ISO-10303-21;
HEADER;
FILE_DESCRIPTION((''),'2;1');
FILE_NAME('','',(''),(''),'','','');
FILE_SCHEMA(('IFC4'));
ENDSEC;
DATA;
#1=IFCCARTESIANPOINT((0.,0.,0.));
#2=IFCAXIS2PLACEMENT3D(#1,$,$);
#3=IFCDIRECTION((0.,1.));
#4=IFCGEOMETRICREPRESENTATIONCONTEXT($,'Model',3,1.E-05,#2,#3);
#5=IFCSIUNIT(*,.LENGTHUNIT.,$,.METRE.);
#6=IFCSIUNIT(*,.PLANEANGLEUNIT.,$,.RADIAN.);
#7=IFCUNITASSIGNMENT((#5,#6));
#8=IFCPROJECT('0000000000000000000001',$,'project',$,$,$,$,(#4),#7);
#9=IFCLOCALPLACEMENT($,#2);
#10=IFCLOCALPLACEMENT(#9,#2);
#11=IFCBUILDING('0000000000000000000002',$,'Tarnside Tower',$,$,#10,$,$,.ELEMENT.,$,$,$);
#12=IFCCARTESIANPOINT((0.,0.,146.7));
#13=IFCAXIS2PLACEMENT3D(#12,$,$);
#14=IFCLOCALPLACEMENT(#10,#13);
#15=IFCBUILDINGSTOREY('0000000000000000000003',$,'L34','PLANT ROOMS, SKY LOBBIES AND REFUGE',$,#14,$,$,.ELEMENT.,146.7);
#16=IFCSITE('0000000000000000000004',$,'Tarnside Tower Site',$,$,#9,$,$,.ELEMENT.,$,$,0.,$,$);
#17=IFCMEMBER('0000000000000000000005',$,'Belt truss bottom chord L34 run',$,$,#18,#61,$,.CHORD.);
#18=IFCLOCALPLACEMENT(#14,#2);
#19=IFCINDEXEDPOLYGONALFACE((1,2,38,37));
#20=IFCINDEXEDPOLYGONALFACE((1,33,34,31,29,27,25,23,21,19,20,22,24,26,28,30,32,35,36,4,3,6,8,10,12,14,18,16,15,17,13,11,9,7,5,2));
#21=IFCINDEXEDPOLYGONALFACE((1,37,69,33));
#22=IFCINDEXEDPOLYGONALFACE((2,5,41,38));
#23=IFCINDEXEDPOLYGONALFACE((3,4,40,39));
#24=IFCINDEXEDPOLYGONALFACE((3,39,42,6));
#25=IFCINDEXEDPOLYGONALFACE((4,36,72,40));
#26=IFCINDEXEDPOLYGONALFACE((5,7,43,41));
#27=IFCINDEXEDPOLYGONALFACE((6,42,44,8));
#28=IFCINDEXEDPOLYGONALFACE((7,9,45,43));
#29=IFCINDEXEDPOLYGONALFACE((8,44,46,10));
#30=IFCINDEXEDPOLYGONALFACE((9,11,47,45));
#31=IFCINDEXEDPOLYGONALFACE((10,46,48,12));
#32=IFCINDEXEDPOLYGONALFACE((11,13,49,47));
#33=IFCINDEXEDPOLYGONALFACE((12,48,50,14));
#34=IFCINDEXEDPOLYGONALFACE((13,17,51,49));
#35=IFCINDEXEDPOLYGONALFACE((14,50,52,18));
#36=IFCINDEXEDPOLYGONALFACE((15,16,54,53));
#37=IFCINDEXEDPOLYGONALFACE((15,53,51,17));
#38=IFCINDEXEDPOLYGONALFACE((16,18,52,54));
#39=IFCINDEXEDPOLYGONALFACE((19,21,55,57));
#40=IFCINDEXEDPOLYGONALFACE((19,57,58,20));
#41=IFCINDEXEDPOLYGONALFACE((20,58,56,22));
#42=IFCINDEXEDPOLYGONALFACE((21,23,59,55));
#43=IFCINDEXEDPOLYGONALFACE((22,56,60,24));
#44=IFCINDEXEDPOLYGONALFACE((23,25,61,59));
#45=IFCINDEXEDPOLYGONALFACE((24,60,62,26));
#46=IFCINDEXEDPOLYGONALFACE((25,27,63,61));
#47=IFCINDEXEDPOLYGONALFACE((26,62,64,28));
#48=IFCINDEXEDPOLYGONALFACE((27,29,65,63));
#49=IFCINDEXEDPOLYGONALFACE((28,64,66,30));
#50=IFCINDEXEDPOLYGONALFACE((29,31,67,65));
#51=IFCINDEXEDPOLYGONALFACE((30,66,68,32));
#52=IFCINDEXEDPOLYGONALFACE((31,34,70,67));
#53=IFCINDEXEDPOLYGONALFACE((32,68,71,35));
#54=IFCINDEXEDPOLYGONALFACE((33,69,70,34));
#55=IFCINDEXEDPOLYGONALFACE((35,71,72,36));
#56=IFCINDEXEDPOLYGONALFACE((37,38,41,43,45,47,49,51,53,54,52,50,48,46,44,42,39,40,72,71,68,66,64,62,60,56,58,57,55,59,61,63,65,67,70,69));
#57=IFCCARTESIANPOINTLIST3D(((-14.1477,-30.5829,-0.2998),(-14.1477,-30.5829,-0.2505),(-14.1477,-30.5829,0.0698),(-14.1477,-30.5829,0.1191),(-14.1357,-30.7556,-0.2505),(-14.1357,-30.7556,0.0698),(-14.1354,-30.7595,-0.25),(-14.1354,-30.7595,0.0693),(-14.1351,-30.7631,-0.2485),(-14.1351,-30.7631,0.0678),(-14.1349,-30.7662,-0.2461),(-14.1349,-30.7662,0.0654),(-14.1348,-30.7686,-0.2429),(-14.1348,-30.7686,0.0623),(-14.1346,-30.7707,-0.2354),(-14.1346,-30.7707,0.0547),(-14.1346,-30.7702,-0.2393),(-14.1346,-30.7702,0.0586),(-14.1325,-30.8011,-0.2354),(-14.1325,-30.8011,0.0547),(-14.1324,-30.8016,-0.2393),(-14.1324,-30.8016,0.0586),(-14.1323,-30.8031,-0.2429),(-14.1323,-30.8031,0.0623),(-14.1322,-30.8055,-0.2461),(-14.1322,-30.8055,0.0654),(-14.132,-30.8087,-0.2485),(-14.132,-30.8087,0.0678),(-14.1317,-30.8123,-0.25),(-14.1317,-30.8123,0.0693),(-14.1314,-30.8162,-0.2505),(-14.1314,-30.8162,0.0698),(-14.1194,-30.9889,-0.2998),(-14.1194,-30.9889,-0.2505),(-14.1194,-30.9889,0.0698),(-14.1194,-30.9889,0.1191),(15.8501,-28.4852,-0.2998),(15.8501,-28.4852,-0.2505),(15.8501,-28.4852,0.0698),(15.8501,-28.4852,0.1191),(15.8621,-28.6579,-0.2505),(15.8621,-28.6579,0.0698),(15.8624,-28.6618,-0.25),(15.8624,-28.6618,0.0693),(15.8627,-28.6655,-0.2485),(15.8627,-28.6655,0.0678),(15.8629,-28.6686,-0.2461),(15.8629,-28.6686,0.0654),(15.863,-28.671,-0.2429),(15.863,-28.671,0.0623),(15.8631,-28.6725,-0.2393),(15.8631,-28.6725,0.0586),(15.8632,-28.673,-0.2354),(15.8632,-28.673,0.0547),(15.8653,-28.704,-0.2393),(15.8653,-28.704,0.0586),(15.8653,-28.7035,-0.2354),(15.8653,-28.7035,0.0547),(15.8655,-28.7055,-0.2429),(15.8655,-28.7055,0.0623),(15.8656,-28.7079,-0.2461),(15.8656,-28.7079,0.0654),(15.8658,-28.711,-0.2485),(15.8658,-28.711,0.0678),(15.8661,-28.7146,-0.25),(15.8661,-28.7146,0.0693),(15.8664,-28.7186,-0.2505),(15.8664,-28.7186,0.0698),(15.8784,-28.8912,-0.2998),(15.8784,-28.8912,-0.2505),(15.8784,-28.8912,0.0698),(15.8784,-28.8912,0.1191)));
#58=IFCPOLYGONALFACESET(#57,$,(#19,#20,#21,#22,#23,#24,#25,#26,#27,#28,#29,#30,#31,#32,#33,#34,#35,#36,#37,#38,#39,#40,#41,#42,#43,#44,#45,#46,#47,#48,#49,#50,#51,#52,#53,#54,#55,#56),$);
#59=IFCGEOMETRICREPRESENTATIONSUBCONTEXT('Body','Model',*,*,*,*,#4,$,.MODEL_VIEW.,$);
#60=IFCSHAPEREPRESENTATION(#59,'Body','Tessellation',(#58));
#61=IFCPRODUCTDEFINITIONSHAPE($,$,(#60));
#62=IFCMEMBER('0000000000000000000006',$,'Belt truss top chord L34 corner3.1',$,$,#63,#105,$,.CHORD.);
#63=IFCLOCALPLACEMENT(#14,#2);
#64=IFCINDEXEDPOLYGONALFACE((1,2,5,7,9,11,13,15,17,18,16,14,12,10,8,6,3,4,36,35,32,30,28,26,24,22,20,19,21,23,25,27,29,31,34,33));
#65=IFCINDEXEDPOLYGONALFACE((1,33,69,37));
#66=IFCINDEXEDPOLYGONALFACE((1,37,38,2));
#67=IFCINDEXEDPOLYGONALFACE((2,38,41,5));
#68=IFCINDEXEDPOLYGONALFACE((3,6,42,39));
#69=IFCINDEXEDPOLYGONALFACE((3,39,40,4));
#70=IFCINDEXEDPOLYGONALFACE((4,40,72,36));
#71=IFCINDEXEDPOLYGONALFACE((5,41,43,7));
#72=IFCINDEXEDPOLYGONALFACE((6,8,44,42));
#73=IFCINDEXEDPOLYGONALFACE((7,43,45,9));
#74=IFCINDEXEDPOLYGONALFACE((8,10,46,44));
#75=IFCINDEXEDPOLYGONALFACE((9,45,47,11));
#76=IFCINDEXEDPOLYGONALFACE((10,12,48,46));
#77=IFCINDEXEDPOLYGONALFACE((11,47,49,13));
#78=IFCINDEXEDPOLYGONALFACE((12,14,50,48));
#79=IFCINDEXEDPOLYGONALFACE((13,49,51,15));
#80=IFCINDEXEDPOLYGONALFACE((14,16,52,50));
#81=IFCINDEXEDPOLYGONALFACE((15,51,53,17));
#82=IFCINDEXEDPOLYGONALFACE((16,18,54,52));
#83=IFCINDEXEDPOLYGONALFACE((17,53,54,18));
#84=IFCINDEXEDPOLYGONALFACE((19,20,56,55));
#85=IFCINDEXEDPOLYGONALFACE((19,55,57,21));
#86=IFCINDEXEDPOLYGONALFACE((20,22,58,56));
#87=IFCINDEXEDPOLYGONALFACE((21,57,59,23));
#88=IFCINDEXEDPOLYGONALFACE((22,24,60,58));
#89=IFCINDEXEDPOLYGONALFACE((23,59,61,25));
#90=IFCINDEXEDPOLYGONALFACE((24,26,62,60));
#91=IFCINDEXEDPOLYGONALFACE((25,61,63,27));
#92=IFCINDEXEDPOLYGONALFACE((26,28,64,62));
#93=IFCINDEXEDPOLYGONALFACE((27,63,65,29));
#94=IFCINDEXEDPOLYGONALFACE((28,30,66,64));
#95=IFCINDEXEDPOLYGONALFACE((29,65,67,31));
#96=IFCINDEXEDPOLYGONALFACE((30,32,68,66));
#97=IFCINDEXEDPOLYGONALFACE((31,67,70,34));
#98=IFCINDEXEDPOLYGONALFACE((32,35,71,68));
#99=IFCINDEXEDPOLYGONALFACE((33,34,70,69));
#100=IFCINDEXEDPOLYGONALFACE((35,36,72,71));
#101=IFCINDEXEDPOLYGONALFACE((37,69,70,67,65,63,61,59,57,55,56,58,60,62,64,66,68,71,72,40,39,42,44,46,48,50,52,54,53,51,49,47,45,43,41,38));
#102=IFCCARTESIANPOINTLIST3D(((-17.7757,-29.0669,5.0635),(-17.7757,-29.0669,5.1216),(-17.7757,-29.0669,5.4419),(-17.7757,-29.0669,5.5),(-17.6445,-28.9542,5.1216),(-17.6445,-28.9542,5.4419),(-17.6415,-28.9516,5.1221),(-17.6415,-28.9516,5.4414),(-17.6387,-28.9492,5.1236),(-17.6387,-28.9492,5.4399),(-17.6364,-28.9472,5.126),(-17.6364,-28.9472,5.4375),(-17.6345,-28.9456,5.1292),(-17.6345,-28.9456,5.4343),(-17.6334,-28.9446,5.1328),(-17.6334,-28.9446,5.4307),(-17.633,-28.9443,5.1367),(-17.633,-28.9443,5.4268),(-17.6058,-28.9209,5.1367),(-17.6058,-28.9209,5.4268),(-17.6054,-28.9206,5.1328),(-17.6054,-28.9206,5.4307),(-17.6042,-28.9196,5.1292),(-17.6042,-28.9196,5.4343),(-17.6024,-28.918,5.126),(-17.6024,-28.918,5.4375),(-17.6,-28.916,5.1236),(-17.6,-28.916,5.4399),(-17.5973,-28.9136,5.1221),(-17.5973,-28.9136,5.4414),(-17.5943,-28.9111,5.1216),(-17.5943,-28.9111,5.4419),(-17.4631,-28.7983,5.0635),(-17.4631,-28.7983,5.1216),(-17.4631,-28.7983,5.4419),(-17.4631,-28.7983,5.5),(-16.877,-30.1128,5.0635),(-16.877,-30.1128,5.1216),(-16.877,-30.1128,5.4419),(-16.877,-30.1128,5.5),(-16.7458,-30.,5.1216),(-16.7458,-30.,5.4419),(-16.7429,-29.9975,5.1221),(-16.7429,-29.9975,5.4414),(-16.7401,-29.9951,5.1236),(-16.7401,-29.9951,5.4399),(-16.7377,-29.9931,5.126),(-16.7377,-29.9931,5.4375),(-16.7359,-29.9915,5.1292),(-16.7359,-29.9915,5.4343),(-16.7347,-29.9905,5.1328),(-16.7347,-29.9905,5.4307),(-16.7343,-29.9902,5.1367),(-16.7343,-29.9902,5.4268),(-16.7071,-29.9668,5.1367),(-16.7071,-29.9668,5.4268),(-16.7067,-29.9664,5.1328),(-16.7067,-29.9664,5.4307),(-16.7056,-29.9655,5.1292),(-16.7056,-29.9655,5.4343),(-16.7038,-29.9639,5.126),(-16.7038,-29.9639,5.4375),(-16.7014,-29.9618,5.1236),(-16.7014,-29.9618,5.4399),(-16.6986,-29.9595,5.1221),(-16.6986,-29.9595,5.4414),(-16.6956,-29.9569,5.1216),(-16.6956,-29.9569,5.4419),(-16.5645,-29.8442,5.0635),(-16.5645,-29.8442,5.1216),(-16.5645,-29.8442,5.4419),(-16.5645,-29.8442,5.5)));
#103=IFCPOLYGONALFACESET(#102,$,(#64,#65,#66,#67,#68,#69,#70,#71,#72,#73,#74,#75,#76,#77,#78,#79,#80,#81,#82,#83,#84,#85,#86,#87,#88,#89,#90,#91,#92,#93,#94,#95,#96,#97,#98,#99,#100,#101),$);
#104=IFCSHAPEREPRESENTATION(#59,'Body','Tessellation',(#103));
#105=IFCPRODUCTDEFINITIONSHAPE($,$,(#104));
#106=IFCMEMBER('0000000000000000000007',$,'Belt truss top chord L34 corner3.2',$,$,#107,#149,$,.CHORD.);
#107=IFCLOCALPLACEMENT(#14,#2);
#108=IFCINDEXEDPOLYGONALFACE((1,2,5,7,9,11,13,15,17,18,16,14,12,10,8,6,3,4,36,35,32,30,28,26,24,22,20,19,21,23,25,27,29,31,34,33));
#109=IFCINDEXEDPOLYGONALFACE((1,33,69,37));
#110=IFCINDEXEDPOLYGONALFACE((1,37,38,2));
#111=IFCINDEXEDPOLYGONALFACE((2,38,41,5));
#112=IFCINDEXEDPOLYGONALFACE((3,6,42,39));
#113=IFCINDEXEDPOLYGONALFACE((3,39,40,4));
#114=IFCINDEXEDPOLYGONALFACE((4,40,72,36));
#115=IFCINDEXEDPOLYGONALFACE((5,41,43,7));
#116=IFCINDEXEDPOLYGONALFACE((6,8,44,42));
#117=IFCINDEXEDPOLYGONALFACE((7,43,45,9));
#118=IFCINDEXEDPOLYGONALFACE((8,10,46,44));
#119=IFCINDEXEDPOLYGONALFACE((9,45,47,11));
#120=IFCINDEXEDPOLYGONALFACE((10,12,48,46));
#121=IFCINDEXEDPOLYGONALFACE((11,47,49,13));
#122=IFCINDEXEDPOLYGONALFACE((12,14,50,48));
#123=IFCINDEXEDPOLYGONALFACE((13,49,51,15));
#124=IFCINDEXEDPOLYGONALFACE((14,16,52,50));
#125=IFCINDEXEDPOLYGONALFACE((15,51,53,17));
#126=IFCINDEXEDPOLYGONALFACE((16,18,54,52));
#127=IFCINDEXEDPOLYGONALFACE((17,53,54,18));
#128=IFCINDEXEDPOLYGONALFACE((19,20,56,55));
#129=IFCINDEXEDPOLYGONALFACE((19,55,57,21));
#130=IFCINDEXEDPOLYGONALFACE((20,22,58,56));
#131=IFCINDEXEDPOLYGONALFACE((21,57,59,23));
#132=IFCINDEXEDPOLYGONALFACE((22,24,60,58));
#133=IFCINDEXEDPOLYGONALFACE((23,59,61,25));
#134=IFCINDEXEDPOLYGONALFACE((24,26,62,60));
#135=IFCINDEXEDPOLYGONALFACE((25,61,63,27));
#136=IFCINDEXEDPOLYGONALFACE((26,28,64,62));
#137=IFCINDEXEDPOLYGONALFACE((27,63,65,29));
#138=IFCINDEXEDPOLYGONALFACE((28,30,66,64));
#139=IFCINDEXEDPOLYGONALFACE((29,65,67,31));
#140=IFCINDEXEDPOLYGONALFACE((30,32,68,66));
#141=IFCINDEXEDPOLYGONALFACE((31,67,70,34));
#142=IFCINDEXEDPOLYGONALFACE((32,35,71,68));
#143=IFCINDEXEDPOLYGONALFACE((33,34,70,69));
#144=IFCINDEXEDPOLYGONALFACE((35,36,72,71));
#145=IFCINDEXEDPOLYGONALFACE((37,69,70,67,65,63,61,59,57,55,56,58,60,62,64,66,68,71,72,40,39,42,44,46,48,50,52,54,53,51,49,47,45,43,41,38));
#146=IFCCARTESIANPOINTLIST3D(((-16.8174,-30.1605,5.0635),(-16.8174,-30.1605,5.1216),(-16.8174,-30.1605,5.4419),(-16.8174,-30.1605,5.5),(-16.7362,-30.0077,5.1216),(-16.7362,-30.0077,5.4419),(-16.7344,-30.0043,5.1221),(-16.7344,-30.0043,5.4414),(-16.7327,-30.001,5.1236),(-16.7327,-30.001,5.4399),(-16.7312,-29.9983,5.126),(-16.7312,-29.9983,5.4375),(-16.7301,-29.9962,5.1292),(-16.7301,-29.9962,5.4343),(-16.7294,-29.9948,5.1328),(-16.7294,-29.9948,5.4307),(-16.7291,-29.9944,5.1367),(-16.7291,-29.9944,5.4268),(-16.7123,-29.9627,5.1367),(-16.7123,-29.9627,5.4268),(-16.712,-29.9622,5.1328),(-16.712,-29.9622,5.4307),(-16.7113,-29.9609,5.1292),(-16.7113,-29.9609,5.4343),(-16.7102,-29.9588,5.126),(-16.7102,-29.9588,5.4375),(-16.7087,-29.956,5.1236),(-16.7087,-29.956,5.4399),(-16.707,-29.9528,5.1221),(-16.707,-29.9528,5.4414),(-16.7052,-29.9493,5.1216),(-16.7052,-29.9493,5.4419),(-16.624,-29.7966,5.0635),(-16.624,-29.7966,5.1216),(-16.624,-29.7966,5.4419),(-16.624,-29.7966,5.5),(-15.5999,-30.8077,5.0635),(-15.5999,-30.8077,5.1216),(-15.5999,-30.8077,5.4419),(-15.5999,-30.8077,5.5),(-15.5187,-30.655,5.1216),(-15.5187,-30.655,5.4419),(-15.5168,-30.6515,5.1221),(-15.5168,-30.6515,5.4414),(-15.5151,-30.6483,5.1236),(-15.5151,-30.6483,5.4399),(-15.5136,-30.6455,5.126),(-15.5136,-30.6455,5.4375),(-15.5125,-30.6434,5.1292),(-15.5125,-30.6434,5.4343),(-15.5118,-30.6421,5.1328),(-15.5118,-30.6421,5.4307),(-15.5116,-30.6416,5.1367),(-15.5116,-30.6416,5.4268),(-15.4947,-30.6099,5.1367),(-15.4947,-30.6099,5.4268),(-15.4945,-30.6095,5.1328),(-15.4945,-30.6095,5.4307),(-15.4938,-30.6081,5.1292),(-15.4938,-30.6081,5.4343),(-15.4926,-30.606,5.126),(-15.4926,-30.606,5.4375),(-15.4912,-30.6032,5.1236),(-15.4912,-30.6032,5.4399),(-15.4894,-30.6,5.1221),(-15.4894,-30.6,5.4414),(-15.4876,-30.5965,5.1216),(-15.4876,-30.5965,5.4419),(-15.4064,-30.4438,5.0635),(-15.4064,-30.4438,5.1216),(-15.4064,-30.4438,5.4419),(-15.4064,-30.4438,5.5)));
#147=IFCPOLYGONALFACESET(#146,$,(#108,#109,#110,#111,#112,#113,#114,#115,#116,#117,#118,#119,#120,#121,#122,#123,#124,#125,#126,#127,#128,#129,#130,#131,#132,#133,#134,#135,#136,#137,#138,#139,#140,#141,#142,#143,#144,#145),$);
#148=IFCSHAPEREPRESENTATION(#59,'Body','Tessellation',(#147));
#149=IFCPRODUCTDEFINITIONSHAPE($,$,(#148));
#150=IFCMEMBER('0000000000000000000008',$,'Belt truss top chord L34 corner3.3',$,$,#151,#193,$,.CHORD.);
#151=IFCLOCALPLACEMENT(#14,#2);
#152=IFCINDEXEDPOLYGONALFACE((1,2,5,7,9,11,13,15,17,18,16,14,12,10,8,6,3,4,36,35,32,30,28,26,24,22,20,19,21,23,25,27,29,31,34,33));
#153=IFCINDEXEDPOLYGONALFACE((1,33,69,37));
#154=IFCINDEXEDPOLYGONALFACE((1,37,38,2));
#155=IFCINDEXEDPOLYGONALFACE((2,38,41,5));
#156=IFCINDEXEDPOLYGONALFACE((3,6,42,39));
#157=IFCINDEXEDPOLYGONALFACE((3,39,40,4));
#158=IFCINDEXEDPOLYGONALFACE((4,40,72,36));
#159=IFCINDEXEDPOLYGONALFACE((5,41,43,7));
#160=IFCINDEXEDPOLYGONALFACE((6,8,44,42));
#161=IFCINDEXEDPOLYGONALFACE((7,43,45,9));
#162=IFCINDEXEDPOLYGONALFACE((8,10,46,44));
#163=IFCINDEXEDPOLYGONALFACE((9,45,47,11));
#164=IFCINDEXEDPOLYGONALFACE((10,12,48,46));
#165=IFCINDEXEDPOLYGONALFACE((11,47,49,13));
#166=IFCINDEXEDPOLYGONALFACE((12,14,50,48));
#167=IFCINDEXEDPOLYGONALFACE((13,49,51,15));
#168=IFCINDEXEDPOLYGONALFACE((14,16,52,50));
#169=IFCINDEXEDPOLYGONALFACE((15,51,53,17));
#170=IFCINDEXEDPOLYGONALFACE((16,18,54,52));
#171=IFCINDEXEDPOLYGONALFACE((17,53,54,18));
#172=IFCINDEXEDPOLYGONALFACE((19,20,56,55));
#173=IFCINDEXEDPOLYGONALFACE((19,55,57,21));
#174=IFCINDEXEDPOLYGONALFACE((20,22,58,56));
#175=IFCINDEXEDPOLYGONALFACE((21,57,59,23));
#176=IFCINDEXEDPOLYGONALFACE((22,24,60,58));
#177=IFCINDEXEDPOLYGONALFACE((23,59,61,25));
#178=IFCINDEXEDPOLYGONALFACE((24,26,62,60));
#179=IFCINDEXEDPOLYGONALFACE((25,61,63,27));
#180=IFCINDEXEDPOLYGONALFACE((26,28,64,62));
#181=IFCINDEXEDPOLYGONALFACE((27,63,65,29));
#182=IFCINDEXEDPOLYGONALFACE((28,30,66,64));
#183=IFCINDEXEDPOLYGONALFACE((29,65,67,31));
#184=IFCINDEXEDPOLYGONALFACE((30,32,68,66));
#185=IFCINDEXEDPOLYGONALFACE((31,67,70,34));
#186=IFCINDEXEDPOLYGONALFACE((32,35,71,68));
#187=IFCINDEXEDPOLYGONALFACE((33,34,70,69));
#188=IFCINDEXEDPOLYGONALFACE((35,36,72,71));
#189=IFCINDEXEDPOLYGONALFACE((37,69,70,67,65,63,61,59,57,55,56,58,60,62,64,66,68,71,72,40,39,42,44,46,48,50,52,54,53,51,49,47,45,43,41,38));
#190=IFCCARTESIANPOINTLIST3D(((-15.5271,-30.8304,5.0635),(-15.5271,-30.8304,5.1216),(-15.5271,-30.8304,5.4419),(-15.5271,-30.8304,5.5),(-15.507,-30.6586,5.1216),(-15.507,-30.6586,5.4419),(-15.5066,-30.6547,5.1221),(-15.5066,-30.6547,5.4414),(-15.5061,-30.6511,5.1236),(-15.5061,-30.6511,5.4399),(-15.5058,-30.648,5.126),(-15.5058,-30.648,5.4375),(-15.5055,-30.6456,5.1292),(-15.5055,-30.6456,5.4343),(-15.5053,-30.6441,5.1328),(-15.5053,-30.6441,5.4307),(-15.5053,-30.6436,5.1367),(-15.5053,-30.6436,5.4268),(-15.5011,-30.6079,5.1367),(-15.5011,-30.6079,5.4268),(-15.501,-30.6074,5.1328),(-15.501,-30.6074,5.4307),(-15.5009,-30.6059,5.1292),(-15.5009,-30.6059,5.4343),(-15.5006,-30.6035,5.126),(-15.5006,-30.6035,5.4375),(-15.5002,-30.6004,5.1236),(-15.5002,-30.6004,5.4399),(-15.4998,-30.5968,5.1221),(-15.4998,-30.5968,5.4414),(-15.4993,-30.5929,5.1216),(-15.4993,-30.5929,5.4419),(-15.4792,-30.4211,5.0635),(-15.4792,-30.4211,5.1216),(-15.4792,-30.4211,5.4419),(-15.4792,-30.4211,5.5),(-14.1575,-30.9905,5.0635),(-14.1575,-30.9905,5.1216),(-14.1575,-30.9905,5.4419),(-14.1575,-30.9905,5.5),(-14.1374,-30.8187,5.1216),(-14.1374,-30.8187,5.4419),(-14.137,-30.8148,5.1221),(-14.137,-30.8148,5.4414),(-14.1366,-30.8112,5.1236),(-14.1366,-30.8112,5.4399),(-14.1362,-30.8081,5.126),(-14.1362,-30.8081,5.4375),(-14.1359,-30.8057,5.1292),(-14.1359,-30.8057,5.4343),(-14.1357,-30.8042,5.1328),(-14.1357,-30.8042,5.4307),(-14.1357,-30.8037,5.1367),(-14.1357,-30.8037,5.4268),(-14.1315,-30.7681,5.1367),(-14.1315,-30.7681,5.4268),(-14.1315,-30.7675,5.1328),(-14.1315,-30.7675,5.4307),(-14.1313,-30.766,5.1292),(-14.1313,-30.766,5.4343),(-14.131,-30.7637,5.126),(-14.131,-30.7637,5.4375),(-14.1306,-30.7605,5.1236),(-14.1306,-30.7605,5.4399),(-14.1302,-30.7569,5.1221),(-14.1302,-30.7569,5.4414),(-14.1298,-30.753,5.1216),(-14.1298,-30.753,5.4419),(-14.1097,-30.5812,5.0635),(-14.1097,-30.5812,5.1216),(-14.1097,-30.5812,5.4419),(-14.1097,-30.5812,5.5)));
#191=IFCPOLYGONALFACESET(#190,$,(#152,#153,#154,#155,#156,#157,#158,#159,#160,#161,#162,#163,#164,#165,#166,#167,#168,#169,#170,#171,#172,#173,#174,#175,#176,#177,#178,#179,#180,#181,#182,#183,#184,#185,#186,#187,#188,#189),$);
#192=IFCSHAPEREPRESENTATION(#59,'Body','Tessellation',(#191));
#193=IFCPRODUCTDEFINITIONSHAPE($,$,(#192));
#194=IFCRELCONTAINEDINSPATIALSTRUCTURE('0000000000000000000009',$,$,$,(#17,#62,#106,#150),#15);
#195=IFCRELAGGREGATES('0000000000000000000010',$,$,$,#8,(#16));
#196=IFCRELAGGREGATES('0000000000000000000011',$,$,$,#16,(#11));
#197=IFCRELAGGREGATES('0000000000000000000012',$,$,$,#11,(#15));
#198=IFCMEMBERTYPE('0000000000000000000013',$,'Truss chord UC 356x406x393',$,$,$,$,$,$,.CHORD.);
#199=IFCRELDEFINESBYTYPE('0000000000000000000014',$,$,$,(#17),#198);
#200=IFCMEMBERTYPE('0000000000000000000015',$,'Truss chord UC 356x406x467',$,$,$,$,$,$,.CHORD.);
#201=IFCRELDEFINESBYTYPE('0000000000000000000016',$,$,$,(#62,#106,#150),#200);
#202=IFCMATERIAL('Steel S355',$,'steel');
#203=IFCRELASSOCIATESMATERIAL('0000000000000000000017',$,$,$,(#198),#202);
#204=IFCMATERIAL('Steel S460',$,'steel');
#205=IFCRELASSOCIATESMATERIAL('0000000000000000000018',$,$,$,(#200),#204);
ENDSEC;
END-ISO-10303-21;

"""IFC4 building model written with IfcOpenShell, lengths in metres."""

from ifc_helpers import new_model, si_unit, direction, frame, origin, origin_2d, place, context, subcontext, project, spatial, i_section, extrude, material, material_profile, profile_set, type_object, element, save


model = new_model("IFC4")

# Units and contexts
model_context = context("Model", 3, precision=1e-05, world=origin(), true_north=direction((0.0, 1.0)))
body_context = subcontext(model_context, "Body", "Model", "MODEL_VIEW")
ifc_project = project(units=[si_unit("LENGTHUNIT", "METRE"), si_unit("PLANEANGLEUNIT", "RADIAN")], contexts=[model_context])

# Site, building, storey
site_placement = place(None, origin())
site = spatial("IfcSite", under=ifc_project, at=site_placement, Name="Tarnside Tower Site", CompositionType="ELEMENT", RefElevation=0.0)
building_placement = place(site_placement, origin())
building = spatial("IfcBuilding", under=site, at=building_placement, Name="Tarnside Tower", CompositionType="ELEMENT")
storey_placement = place(building_placement, frame((0.0, 0.0, 146.7)))
storey = spatial("IfcBuildingStorey", under=building, at=storey_placement, Name="L34", Description="PLANT ROOMS, SKY LOBBIES AND REFUGE", CompositionType="ELEMENT", Elevation=146.7)

# Shared definitions
ifc_material_1 = material(Name="Steel S355", Category="steel")

# Members
ifc_material_profile_1 = material_profile(ifc_material_1, i_section(OverallWidth=0.407, OverallDepth=0.4189, WebThickness=0.0305, FlangeThickness=0.0493, FilletRadius=0.0151, at=origin_2d()), Name="UC 356x406x393")
ifc_profile_set_1 = profile_set([ifc_material_profile_1], Name="Steel S355")
member_type_1 = type_object("IfcMemberType", Name="Truss chord UC 356x406x393", PredefinedType="CHORD", material=ifc_profile_set_1)
member_1_placement = place(storey_placement, frame((-14.1335, -30.7859, -0.0903), z_axis=(0.997564, 0.069757, 0.0), x_axis=(-0.069757, 0.997564, 0.0)))
element("IfcMember", 1, at=member_1_placement, inside=storey, type_object=member_type_1, Name="Belt truss bottom chord L34 run", PredefinedType="CHORD", context=body_context, shape_type="SweptSolid", body=[
    extrude(i_section(OverallWidth=0.407, OverallDepth=0.4189, WebThickness=0.0305, FlangeThickness=0.0493, FilletRadius=0.0151, at=origin_2d()), origin(), (0.0, 0.0, 1.0), 30.071),
])
ifc_material_2 = material(Name="Steel S460", Category="steel")
ifc_material_profile_2 = material_profile(ifc_material_2, i_section(OverallWidth=0.4121, OverallDepth=0.4365, WebThickness=0.0359, FlangeThickness=0.0581, FilletRadius=0.0151, at=origin_2d()), Name="UC 356x406x467")
ifc_profile_set_2 = profile_set([ifc_material_profile_2], Name="Steel S460")
member_type_2 = type_object("IfcMemberType", Name="Truss chord UC 356x406x467", PredefinedType="CHORD", material=ifc_profile_set_2)
for number, where, z_axis, x_axis, name in (
    (2, (-17.6194, -28.9326, 5.2817), (0.651709, -0.758469, 0.0), (0.758469, 0.651709, 0.0), "Belt truss top chord L34 corner3.1"),
    (3, (-16.7207, -29.9785, 5.2817), (0.882994, -0.469384, 0.0), (0.469384, 0.882994, 0.0), "Belt truss top chord L34 corner3.2"),
    (4, (-15.5032, -30.6257, 5.2817), (0.993233, -0.116143, 0.0), (0.116143, 0.993233, 0.0), "Belt truss top chord L34 corner3.3"),
):
    element("IfcMember", number, at=place(storey_placement, frame(where, z_axis=z_axis, x_axis=x_axis)), inside=storey, type_object=member_type_2, Name=name, PredefinedType="CHORD", context=body_context, shape_type="SweptSolid", body=[
        extrude(i_section(OverallWidth=0.4121, OverallDepth=0.4365, WebThickness=0.0359, FlangeThickness=0.0581, FilletRadius=0.0151, at=origin_2d()), origin(), (0.0, 0.0, 1.0), 1.3789),
    ])

save(model, "model.ifc")
